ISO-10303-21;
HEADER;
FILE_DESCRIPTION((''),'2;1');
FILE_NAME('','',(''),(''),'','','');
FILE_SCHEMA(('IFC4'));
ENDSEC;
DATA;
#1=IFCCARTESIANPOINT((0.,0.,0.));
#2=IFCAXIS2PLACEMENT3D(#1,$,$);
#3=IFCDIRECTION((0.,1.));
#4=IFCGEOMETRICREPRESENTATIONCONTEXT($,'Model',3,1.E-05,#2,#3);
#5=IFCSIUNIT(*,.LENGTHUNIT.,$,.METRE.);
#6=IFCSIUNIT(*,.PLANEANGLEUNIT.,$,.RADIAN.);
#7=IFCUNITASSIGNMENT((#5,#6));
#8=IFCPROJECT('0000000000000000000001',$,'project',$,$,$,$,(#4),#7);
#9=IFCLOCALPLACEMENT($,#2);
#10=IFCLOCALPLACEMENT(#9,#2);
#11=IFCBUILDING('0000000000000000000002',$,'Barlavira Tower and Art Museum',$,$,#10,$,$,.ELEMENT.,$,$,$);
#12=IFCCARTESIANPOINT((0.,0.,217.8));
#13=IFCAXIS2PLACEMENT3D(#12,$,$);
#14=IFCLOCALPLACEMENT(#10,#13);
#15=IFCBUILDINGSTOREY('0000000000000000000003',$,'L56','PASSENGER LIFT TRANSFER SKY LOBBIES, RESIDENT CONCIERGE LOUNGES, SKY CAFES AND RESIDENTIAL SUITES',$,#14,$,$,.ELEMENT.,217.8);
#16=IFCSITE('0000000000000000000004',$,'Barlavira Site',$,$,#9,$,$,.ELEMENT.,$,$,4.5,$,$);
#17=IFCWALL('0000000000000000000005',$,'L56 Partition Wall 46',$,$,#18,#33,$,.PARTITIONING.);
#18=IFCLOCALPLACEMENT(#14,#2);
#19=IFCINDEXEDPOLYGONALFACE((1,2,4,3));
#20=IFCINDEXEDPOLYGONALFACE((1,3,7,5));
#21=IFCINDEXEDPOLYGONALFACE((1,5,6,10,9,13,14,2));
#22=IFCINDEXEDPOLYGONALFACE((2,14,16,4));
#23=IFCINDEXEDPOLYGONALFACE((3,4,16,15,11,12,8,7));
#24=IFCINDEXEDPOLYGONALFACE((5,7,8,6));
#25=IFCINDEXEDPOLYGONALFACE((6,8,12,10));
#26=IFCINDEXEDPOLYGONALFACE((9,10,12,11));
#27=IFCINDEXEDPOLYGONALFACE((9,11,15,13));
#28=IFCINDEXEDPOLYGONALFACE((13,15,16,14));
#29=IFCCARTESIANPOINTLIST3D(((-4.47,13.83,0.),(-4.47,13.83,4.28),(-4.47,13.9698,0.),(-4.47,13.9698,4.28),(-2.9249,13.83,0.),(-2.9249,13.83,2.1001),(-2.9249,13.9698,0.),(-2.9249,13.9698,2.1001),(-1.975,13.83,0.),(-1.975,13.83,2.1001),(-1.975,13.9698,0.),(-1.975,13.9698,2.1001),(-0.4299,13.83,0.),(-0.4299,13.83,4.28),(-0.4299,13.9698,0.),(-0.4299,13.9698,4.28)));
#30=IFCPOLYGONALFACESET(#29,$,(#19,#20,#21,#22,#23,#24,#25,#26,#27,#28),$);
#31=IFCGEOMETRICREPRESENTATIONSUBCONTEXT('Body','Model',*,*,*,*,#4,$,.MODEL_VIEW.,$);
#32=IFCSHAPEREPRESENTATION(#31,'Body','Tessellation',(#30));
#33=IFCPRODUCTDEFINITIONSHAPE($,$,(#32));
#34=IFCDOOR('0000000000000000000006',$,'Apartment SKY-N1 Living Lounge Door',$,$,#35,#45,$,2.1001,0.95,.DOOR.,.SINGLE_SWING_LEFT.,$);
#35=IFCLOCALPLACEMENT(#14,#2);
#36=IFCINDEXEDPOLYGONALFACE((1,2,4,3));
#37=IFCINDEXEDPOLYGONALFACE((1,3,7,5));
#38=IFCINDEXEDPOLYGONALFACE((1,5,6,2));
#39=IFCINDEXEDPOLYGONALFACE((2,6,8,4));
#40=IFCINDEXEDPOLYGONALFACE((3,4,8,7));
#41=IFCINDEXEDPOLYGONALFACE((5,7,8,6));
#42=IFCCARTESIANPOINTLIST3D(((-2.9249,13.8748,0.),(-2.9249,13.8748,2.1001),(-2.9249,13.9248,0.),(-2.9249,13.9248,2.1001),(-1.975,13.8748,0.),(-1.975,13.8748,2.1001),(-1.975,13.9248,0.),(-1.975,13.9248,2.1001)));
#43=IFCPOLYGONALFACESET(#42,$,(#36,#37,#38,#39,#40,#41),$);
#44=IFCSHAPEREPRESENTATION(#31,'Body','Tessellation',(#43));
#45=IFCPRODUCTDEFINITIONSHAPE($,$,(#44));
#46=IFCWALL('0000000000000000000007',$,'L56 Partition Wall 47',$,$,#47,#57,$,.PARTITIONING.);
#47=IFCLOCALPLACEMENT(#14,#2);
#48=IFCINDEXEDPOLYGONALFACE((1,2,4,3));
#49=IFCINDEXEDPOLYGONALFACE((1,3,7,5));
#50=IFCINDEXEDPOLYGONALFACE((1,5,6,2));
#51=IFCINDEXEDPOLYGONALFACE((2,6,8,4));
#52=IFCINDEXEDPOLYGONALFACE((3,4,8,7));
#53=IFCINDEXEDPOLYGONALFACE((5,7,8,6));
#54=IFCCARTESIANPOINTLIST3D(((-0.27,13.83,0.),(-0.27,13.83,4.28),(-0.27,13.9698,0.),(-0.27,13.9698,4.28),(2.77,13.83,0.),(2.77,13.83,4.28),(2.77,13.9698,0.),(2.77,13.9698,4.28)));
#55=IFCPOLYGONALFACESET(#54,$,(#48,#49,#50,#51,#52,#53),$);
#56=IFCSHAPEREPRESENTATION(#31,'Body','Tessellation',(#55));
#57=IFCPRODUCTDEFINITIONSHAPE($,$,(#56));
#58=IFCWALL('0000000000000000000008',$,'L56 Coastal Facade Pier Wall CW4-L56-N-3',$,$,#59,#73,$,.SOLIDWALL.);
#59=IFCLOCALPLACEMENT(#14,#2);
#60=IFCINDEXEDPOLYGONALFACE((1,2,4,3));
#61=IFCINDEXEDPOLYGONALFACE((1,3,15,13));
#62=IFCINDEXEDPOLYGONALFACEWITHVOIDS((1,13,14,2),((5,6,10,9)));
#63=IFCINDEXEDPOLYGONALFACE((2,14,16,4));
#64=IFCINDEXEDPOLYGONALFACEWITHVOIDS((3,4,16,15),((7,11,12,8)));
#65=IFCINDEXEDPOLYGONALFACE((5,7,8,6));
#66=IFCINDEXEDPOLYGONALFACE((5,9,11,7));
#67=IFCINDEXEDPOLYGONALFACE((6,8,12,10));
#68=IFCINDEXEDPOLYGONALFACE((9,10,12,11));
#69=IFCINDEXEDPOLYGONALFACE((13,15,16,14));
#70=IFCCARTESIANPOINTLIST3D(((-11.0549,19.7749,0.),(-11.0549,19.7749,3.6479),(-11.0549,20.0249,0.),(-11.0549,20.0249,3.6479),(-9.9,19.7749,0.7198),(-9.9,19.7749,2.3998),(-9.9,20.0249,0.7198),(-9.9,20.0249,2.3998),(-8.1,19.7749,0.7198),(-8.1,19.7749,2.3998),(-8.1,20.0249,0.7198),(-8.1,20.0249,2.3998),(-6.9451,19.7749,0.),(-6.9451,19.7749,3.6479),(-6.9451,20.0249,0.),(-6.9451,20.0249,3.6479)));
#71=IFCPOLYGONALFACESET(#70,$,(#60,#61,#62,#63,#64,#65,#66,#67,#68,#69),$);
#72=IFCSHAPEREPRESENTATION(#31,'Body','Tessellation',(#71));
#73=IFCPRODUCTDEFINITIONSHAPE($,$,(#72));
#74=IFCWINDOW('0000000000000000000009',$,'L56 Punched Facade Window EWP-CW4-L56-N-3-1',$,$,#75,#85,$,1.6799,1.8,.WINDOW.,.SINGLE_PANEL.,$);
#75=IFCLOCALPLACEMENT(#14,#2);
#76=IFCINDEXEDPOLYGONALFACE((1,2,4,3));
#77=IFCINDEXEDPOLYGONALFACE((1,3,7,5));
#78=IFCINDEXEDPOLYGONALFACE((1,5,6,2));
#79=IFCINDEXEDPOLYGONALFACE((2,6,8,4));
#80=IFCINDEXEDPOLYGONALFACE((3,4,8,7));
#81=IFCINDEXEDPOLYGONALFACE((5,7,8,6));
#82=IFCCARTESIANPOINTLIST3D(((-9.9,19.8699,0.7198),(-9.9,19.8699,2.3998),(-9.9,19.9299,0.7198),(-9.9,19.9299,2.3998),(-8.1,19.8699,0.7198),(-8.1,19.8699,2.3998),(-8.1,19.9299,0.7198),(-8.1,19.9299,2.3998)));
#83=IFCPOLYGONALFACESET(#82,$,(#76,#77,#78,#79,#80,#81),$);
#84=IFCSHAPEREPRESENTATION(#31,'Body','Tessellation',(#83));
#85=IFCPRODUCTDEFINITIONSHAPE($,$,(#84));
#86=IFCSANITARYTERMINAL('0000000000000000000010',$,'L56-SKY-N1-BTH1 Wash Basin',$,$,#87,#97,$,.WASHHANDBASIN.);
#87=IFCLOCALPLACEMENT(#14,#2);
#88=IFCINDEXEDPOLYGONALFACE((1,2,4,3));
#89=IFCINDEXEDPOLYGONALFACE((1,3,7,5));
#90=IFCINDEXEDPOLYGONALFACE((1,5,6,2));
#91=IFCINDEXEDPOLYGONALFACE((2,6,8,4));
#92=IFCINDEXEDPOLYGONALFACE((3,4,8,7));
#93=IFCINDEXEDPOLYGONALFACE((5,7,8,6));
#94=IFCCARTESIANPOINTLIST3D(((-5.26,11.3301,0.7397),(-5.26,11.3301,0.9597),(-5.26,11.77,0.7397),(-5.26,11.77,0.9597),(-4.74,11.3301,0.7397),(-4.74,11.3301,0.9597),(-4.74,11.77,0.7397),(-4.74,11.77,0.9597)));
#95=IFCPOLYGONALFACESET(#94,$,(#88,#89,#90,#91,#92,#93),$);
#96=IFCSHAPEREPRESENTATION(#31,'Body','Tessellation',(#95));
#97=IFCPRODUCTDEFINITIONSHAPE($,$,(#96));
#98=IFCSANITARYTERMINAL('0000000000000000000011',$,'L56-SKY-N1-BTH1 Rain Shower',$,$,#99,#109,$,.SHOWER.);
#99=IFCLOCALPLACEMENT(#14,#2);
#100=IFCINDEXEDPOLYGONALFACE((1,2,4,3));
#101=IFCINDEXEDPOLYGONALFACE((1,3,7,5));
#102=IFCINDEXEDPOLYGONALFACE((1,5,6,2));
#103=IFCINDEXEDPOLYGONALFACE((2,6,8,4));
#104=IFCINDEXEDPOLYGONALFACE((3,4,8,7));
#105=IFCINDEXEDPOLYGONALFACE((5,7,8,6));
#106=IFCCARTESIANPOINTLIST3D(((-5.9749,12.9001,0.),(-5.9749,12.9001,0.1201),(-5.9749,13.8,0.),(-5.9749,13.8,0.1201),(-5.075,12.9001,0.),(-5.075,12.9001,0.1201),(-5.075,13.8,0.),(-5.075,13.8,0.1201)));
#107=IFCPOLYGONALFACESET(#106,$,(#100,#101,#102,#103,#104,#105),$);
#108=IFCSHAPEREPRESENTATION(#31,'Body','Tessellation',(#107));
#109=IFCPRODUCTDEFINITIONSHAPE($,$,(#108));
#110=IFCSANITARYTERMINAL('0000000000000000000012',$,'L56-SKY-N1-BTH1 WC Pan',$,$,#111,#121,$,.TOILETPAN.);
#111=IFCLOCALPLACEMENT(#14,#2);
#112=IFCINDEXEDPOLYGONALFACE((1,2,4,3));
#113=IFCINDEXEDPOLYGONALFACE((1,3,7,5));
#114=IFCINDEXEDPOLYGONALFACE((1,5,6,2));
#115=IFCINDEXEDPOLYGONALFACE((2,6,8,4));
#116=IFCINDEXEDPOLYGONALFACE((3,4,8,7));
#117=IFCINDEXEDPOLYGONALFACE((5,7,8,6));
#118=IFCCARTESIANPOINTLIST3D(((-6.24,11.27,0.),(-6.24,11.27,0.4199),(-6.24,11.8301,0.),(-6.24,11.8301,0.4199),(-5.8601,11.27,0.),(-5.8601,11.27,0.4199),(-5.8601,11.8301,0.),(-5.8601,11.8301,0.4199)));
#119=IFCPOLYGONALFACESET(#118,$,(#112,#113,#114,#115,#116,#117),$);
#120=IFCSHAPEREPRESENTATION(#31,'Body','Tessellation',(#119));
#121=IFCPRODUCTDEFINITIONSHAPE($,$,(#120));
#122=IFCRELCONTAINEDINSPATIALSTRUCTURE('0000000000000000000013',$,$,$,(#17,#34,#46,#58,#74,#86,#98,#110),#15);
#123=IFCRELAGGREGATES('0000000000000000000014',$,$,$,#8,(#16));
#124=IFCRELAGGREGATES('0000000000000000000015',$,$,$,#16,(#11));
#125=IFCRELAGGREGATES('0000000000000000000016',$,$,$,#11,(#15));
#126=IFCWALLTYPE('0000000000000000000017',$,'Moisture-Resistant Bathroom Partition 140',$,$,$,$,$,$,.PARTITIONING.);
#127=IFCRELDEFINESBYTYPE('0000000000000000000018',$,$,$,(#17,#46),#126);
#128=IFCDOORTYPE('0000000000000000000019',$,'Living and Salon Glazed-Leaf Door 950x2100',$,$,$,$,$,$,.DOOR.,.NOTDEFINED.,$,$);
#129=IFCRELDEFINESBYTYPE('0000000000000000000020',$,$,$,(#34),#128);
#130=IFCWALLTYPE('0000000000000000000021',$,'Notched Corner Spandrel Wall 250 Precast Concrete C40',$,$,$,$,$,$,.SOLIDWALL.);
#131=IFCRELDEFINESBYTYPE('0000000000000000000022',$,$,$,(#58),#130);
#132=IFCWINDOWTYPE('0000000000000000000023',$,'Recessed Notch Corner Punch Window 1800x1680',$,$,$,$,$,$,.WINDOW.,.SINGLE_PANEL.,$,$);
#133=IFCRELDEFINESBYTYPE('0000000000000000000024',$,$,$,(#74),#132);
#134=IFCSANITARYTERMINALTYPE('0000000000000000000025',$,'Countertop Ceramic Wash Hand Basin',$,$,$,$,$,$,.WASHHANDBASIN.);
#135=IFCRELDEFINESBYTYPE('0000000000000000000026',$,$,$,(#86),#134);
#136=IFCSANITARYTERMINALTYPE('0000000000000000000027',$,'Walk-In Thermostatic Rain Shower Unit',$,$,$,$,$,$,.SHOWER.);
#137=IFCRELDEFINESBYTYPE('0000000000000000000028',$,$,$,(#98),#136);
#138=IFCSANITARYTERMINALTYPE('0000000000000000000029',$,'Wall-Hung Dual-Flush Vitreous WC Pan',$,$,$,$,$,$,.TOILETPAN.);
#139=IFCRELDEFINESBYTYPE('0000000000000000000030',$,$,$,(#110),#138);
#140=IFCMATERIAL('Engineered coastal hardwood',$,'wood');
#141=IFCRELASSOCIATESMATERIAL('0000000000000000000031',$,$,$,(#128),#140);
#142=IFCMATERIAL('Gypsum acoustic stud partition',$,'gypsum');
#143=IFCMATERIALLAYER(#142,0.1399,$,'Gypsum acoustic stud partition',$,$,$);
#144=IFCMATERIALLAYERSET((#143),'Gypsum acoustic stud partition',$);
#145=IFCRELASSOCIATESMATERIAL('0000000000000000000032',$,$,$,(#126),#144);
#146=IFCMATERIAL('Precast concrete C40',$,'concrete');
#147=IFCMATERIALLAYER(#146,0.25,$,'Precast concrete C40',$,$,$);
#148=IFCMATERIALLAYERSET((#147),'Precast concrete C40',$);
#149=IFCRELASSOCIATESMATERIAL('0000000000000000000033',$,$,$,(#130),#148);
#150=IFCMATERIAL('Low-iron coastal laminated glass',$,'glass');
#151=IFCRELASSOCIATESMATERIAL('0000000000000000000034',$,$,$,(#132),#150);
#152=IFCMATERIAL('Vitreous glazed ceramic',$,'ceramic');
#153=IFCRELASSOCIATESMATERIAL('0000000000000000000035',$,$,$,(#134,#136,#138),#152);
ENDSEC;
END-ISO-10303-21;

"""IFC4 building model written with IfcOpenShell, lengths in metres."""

from ifc_helpers import new_model, si_unit, direction, frame, frame_2d, origin, origin_2d, place, context, subcontext, project, spatial, rectangle, extrude, material, layer, layer_set, type_object, element, fill, save


model = new_model("IFC4")

# Units and contexts
model_context = context("Model", 3, precision=1e-05, world=origin(), true_north=direction((0.0, 1.0)))
body_context = subcontext(model_context, "Body", "Model", "MODEL_VIEW")
ifc_project = project(units=[si_unit("LENGTHUNIT", "METRE"), si_unit("PLANEANGLEUNIT", "RADIAN")], contexts=[model_context])

# Site, building, storey
site_placement = place(None, origin())
site = spatial("IfcSite", under=ifc_project, at=site_placement, Name="Barlavira Site", CompositionType="ELEMENT", RefElevation=4.5)
building_placement = place(site_placement, origin())
building = spatial("IfcBuilding", under=site, at=building_placement, Name="Barlavira Tower and Art Museum", CompositionType="ELEMENT")
storey_placement = place(building_placement, frame((0.0, 0.0, 217.8)))
storey = spatial("IfcBuildingStorey", under=building, at=storey_placement, Name="L56", Description="PASSENGER LIFT TRANSFER SKY LOBBIES, RESIDENT CONCIERGE LOUNGES, SKY CAFES AND RESIDENTIAL SUITES", CompositionType="ELEMENT", Elevation=217.8)

# Shared definitions
ifc_material_1 = material(Name="Low-iron coastal laminated glass", Category="glass")

# Shared definitions
ifc_material_2 = material(Name="Gypsum acoustic stud partition", Category="gypsum")
ifc_material_3 = material(Name="Engineered coastal hardwood", Category="wood")
door_type_1 = type_object("IfcDoorType", Name="Living and Salon Glazed-Leaf Door 950x2100", OperationType="NOTDEFINED", PredefinedType="DOOR", material=ifc_material_3)

# Shared definitions
ifc_layer_1 = layer(ifc_material_2, 0.1399, Name="Gypsum acoustic stud partition")
ifc_layer_set_1 = layer_set([ifc_layer_1], Name="Gypsum acoustic stud partition")
wall_type_1 = type_object("IfcWallType", Name="Moisture-Resistant Bathroom Partition 140", PredefinedType="PARTITIONING", material=ifc_layer_set_1)

# Wall, opening, door
wall_1_placement = place(storey_placement, frame((-4.47, 13.8999, 0.0), z_axis=(0.0, 0.0, 1.0), x_axis=(1.0, 0.0, 0.0)))
wall_1 = element("IfcWall", 1, at=wall_1_placement, inside=storey, type_object=wall_type_1, Name="L56 Partition Wall 46", PredefinedType="PARTITIONING", context=body_context, shape_type="SweptSolid", body=[
    extrude(rectangle(XDim=4.04, YDim=0.1399, at=frame_2d((2.02, 0.0))), origin(), (0.0, 0.0, 1.0), 4.28),
])
opening_1_placement = place(wall_1_placement, frame((1.5449, 0.0, 0.0)))
opening_1 = element("IfcOpeningElement", 2, at=opening_1_placement, cuts=wall_1, PredefinedType="OPENING", context=body_context, shape_type="SweptSolid", body=[
    extrude(rectangle(XDim=0.95, YDim=2.1001, at=frame_2d((0.4751, 1.05))), frame((0.0, 0.0801, 0.0), z_axis=(0.0, -1.0, 0.0), x_axis=(1.0, 0.0, 0.0)), (0.0, 0.0, 1.0), 0.1599),
])
door_1_placement = place(opening_1_placement, origin())
door_1 = element("IfcDoor", 3, at=door_1_placement, inside=storey, type_object=door_type_1, Name="Apartment SKY-N1 Living Lounge Door", OperationType="SINGLE_SWING_LEFT", OverallHeight=2.1001, OverallWidth=0.95, PredefinedType="DOOR", context=body_context, shape_type="SweptSolid", body=[
    extrude(rectangle(XDim=0.95, YDim=2.1001, at=frame_2d((0.4751, 1.05))), frame((0.0, 0.0249, 0.0), z_axis=(0.0, -1.0, 0.0), x_axis=(1.0, 0.0, 0.0)), (0.0, 0.0, 1.0), 0.05),
])
fill(opening_1, door_1)

# Wall
wall_2_placement = place(storey_placement, frame((-0.27, 13.8999, 0.0), z_axis=(0.0, 0.0, 1.0), x_axis=(1.0, 0.0, 0.0)))
element("IfcWall", 4, at=wall_2_placement, inside=storey, type_object=wall_type_1, Name="L56 Partition Wall 47", PredefinedType="PARTITIONING", context=body_context, shape_type="SweptSolid", body=[
    extrude(rectangle(XDim=3.04, YDim=0.1399, at=frame_2d((1.52, 0.0))), origin(), (0.0, 0.0, 1.0), 4.28),
])

# Wall, opening, window
ifc_material_4 = material(Name="Precast concrete C40", Category="concrete")
ifc_layer_2 = layer(ifc_material_4, 0.25, Name="Precast concrete C40")
ifc_layer_set_2 = layer_set([ifc_layer_2], Name="Precast concrete C40")
wall_type_2 = type_object("IfcWallType", Name="Notched Corner Spandrel Wall 250 Precast Concrete C40", PredefinedType="SOLIDWALL", material=ifc_layer_set_2)
wall_3_placement = place(storey_placement, frame((-6.9451, 19.8999, 0.0), z_axis=(0.0, 0.0, 1.0), x_axis=(-1.0, 0.0, 0.0)))
wall_3 = element("IfcWall", 5, at=wall_3_placement, inside=storey, type_object=wall_type_2, Name="L56 Coastal Facade Pier Wall CW4-L56-N-3", PredefinedType="SOLIDWALL", context=body_context, shape_type="SweptSolid", body=[
    extrude(rectangle(XDim=4.1099, YDim=0.25, at=frame_2d((2.0549, 0.0))), origin(), (0.0, 0.0, 1.0), 3.6479),
])
opening_2_placement = place(wall_3_placement, frame((1.155, 0.0, 0.72)))
opening_2 = element("IfcOpeningElement", 6, at=opening_2_placement, cuts=wall_3, PredefinedType="OPENING", context=body_context, shape_type="SweptSolid", body=[
    extrude(rectangle(XDim=1.8, YDim=1.6799, at=frame_2d((0.8999, 0.8398))), frame((0.0, 0.135, 0.0), z_axis=(0.0, -1.0, 0.0), x_axis=(1.0, 0.0, 0.0)), (0.0, 0.0, 1.0), 0.27),
])
window_type = type_object("IfcWindowType", Name="Recessed Notch Corner Punch Window 1800x1680", PartitioningType="SINGLE_PANEL", PredefinedType="WINDOW", material=ifc_material_1)
window_placement = place(opening_2_placement, origin())
window = element("IfcWindow", 7, at=window_placement, inside=storey, type_object=window_type, Name="L56 Punched Facade Window EWP-CW4-L56-N-3-1", OverallHeight=1.6799, OverallWidth=1.8, PartitioningType="SINGLE_PANEL", PredefinedType="WINDOW", context=body_context, shape_type="SweptSolid", body=[
    extrude(rectangle(XDim=1.8, YDim=1.6799, at=frame_2d((0.8999, 0.8398))), frame((0.0, 0.03, 0.0), z_axis=(0.0, -1.0, 0.0), x_axis=(1.0, 0.0, 0.0)), (0.0, 0.0, 1.0), 0.0601),
])
fill(opening_2, window)

# Sanitary terminals
ifc_material_5 = material(Name="Vitreous glazed ceramic", Category="ceramic")
sanitary_terminal_type_1 = type_object("IfcSanitaryTerminalType", Name="Countertop Ceramic Wash Hand Basin", PredefinedType="WASHHANDBASIN", material=ifc_material_5)
sanitary_terminal_1_placement = place(storey_placement, frame((-5.0, 11.55, 0.7397), z_axis=(0.0, 0.0, 1.0), x_axis=(1.0, 0.0, 0.0)))
element("IfcSanitaryTerminal", 8, at=sanitary_terminal_1_placement, inside=storey, type_object=sanitary_terminal_type_1, Name="L56-SKY-N1-BTH1 Wash Basin", PredefinedType="WASHHANDBASIN", context=body_context, shape_type="SweptSolid", body=[
    extrude(rectangle(XDim=0.52, YDim=0.4399, at=origin_2d()), origin(), (0.0, 0.0, 1.0), 0.22),
])
sanitary_terminal_type_2 = type_object("IfcSanitaryTerminalType", Name="Walk-In Thermostatic Rain Shower Unit", PredefinedType="SHOWER", material=ifc_material_5)
sanitary_terminal_2_placement = place(storey_placement, frame((-5.5249, 13.3501, 0.0), z_axis=(0.0, 0.0, 1.0), x_axis=(1.0, 0.0, 0.0)))
element("IfcSanitaryTerminal", 9, at=sanitary_terminal_2_placement, inside=storey, type_object=sanitary_terminal_type_2, Name="L56-SKY-N1-BTH1 Rain Shower", PredefinedType="SHOWER", context=body_context, shape_type="SweptSolid", body=[
    extrude(rectangle(XDim=0.8999, YDim=0.8999, at=origin_2d()), origin(), (0.0, 0.0, 1.0), 0.1201),
])
sanitary_terminal_type_3 = type_object("IfcSanitaryTerminalType", Name="Wall-Hung Dual-Flush Vitreous WC Pan", PredefinedType="TOILETPAN", material=ifc_material_5)
sanitary_terminal_3_placement = place(storey_placement, frame((-6.05, 11.55, 0.0), z_axis=(0.0, 0.0, 1.0), x_axis=(1.0, 0.0, 0.0)))
element("IfcSanitaryTerminal", 10, at=sanitary_terminal_3_placement, inside=storey, type_object=sanitary_terminal_type_3, Name="L56-SKY-N1-BTH1 WC Pan", PredefinedType="TOILETPAN", context=body_context, shape_type="SweptSolid", body=[
    extrude(rectangle(XDim=0.3799, YDim=0.5601, at=origin_2d()), origin(), (0.0, 0.0, 1.0), 0.4199),
])

save(model, "model.ifc")
